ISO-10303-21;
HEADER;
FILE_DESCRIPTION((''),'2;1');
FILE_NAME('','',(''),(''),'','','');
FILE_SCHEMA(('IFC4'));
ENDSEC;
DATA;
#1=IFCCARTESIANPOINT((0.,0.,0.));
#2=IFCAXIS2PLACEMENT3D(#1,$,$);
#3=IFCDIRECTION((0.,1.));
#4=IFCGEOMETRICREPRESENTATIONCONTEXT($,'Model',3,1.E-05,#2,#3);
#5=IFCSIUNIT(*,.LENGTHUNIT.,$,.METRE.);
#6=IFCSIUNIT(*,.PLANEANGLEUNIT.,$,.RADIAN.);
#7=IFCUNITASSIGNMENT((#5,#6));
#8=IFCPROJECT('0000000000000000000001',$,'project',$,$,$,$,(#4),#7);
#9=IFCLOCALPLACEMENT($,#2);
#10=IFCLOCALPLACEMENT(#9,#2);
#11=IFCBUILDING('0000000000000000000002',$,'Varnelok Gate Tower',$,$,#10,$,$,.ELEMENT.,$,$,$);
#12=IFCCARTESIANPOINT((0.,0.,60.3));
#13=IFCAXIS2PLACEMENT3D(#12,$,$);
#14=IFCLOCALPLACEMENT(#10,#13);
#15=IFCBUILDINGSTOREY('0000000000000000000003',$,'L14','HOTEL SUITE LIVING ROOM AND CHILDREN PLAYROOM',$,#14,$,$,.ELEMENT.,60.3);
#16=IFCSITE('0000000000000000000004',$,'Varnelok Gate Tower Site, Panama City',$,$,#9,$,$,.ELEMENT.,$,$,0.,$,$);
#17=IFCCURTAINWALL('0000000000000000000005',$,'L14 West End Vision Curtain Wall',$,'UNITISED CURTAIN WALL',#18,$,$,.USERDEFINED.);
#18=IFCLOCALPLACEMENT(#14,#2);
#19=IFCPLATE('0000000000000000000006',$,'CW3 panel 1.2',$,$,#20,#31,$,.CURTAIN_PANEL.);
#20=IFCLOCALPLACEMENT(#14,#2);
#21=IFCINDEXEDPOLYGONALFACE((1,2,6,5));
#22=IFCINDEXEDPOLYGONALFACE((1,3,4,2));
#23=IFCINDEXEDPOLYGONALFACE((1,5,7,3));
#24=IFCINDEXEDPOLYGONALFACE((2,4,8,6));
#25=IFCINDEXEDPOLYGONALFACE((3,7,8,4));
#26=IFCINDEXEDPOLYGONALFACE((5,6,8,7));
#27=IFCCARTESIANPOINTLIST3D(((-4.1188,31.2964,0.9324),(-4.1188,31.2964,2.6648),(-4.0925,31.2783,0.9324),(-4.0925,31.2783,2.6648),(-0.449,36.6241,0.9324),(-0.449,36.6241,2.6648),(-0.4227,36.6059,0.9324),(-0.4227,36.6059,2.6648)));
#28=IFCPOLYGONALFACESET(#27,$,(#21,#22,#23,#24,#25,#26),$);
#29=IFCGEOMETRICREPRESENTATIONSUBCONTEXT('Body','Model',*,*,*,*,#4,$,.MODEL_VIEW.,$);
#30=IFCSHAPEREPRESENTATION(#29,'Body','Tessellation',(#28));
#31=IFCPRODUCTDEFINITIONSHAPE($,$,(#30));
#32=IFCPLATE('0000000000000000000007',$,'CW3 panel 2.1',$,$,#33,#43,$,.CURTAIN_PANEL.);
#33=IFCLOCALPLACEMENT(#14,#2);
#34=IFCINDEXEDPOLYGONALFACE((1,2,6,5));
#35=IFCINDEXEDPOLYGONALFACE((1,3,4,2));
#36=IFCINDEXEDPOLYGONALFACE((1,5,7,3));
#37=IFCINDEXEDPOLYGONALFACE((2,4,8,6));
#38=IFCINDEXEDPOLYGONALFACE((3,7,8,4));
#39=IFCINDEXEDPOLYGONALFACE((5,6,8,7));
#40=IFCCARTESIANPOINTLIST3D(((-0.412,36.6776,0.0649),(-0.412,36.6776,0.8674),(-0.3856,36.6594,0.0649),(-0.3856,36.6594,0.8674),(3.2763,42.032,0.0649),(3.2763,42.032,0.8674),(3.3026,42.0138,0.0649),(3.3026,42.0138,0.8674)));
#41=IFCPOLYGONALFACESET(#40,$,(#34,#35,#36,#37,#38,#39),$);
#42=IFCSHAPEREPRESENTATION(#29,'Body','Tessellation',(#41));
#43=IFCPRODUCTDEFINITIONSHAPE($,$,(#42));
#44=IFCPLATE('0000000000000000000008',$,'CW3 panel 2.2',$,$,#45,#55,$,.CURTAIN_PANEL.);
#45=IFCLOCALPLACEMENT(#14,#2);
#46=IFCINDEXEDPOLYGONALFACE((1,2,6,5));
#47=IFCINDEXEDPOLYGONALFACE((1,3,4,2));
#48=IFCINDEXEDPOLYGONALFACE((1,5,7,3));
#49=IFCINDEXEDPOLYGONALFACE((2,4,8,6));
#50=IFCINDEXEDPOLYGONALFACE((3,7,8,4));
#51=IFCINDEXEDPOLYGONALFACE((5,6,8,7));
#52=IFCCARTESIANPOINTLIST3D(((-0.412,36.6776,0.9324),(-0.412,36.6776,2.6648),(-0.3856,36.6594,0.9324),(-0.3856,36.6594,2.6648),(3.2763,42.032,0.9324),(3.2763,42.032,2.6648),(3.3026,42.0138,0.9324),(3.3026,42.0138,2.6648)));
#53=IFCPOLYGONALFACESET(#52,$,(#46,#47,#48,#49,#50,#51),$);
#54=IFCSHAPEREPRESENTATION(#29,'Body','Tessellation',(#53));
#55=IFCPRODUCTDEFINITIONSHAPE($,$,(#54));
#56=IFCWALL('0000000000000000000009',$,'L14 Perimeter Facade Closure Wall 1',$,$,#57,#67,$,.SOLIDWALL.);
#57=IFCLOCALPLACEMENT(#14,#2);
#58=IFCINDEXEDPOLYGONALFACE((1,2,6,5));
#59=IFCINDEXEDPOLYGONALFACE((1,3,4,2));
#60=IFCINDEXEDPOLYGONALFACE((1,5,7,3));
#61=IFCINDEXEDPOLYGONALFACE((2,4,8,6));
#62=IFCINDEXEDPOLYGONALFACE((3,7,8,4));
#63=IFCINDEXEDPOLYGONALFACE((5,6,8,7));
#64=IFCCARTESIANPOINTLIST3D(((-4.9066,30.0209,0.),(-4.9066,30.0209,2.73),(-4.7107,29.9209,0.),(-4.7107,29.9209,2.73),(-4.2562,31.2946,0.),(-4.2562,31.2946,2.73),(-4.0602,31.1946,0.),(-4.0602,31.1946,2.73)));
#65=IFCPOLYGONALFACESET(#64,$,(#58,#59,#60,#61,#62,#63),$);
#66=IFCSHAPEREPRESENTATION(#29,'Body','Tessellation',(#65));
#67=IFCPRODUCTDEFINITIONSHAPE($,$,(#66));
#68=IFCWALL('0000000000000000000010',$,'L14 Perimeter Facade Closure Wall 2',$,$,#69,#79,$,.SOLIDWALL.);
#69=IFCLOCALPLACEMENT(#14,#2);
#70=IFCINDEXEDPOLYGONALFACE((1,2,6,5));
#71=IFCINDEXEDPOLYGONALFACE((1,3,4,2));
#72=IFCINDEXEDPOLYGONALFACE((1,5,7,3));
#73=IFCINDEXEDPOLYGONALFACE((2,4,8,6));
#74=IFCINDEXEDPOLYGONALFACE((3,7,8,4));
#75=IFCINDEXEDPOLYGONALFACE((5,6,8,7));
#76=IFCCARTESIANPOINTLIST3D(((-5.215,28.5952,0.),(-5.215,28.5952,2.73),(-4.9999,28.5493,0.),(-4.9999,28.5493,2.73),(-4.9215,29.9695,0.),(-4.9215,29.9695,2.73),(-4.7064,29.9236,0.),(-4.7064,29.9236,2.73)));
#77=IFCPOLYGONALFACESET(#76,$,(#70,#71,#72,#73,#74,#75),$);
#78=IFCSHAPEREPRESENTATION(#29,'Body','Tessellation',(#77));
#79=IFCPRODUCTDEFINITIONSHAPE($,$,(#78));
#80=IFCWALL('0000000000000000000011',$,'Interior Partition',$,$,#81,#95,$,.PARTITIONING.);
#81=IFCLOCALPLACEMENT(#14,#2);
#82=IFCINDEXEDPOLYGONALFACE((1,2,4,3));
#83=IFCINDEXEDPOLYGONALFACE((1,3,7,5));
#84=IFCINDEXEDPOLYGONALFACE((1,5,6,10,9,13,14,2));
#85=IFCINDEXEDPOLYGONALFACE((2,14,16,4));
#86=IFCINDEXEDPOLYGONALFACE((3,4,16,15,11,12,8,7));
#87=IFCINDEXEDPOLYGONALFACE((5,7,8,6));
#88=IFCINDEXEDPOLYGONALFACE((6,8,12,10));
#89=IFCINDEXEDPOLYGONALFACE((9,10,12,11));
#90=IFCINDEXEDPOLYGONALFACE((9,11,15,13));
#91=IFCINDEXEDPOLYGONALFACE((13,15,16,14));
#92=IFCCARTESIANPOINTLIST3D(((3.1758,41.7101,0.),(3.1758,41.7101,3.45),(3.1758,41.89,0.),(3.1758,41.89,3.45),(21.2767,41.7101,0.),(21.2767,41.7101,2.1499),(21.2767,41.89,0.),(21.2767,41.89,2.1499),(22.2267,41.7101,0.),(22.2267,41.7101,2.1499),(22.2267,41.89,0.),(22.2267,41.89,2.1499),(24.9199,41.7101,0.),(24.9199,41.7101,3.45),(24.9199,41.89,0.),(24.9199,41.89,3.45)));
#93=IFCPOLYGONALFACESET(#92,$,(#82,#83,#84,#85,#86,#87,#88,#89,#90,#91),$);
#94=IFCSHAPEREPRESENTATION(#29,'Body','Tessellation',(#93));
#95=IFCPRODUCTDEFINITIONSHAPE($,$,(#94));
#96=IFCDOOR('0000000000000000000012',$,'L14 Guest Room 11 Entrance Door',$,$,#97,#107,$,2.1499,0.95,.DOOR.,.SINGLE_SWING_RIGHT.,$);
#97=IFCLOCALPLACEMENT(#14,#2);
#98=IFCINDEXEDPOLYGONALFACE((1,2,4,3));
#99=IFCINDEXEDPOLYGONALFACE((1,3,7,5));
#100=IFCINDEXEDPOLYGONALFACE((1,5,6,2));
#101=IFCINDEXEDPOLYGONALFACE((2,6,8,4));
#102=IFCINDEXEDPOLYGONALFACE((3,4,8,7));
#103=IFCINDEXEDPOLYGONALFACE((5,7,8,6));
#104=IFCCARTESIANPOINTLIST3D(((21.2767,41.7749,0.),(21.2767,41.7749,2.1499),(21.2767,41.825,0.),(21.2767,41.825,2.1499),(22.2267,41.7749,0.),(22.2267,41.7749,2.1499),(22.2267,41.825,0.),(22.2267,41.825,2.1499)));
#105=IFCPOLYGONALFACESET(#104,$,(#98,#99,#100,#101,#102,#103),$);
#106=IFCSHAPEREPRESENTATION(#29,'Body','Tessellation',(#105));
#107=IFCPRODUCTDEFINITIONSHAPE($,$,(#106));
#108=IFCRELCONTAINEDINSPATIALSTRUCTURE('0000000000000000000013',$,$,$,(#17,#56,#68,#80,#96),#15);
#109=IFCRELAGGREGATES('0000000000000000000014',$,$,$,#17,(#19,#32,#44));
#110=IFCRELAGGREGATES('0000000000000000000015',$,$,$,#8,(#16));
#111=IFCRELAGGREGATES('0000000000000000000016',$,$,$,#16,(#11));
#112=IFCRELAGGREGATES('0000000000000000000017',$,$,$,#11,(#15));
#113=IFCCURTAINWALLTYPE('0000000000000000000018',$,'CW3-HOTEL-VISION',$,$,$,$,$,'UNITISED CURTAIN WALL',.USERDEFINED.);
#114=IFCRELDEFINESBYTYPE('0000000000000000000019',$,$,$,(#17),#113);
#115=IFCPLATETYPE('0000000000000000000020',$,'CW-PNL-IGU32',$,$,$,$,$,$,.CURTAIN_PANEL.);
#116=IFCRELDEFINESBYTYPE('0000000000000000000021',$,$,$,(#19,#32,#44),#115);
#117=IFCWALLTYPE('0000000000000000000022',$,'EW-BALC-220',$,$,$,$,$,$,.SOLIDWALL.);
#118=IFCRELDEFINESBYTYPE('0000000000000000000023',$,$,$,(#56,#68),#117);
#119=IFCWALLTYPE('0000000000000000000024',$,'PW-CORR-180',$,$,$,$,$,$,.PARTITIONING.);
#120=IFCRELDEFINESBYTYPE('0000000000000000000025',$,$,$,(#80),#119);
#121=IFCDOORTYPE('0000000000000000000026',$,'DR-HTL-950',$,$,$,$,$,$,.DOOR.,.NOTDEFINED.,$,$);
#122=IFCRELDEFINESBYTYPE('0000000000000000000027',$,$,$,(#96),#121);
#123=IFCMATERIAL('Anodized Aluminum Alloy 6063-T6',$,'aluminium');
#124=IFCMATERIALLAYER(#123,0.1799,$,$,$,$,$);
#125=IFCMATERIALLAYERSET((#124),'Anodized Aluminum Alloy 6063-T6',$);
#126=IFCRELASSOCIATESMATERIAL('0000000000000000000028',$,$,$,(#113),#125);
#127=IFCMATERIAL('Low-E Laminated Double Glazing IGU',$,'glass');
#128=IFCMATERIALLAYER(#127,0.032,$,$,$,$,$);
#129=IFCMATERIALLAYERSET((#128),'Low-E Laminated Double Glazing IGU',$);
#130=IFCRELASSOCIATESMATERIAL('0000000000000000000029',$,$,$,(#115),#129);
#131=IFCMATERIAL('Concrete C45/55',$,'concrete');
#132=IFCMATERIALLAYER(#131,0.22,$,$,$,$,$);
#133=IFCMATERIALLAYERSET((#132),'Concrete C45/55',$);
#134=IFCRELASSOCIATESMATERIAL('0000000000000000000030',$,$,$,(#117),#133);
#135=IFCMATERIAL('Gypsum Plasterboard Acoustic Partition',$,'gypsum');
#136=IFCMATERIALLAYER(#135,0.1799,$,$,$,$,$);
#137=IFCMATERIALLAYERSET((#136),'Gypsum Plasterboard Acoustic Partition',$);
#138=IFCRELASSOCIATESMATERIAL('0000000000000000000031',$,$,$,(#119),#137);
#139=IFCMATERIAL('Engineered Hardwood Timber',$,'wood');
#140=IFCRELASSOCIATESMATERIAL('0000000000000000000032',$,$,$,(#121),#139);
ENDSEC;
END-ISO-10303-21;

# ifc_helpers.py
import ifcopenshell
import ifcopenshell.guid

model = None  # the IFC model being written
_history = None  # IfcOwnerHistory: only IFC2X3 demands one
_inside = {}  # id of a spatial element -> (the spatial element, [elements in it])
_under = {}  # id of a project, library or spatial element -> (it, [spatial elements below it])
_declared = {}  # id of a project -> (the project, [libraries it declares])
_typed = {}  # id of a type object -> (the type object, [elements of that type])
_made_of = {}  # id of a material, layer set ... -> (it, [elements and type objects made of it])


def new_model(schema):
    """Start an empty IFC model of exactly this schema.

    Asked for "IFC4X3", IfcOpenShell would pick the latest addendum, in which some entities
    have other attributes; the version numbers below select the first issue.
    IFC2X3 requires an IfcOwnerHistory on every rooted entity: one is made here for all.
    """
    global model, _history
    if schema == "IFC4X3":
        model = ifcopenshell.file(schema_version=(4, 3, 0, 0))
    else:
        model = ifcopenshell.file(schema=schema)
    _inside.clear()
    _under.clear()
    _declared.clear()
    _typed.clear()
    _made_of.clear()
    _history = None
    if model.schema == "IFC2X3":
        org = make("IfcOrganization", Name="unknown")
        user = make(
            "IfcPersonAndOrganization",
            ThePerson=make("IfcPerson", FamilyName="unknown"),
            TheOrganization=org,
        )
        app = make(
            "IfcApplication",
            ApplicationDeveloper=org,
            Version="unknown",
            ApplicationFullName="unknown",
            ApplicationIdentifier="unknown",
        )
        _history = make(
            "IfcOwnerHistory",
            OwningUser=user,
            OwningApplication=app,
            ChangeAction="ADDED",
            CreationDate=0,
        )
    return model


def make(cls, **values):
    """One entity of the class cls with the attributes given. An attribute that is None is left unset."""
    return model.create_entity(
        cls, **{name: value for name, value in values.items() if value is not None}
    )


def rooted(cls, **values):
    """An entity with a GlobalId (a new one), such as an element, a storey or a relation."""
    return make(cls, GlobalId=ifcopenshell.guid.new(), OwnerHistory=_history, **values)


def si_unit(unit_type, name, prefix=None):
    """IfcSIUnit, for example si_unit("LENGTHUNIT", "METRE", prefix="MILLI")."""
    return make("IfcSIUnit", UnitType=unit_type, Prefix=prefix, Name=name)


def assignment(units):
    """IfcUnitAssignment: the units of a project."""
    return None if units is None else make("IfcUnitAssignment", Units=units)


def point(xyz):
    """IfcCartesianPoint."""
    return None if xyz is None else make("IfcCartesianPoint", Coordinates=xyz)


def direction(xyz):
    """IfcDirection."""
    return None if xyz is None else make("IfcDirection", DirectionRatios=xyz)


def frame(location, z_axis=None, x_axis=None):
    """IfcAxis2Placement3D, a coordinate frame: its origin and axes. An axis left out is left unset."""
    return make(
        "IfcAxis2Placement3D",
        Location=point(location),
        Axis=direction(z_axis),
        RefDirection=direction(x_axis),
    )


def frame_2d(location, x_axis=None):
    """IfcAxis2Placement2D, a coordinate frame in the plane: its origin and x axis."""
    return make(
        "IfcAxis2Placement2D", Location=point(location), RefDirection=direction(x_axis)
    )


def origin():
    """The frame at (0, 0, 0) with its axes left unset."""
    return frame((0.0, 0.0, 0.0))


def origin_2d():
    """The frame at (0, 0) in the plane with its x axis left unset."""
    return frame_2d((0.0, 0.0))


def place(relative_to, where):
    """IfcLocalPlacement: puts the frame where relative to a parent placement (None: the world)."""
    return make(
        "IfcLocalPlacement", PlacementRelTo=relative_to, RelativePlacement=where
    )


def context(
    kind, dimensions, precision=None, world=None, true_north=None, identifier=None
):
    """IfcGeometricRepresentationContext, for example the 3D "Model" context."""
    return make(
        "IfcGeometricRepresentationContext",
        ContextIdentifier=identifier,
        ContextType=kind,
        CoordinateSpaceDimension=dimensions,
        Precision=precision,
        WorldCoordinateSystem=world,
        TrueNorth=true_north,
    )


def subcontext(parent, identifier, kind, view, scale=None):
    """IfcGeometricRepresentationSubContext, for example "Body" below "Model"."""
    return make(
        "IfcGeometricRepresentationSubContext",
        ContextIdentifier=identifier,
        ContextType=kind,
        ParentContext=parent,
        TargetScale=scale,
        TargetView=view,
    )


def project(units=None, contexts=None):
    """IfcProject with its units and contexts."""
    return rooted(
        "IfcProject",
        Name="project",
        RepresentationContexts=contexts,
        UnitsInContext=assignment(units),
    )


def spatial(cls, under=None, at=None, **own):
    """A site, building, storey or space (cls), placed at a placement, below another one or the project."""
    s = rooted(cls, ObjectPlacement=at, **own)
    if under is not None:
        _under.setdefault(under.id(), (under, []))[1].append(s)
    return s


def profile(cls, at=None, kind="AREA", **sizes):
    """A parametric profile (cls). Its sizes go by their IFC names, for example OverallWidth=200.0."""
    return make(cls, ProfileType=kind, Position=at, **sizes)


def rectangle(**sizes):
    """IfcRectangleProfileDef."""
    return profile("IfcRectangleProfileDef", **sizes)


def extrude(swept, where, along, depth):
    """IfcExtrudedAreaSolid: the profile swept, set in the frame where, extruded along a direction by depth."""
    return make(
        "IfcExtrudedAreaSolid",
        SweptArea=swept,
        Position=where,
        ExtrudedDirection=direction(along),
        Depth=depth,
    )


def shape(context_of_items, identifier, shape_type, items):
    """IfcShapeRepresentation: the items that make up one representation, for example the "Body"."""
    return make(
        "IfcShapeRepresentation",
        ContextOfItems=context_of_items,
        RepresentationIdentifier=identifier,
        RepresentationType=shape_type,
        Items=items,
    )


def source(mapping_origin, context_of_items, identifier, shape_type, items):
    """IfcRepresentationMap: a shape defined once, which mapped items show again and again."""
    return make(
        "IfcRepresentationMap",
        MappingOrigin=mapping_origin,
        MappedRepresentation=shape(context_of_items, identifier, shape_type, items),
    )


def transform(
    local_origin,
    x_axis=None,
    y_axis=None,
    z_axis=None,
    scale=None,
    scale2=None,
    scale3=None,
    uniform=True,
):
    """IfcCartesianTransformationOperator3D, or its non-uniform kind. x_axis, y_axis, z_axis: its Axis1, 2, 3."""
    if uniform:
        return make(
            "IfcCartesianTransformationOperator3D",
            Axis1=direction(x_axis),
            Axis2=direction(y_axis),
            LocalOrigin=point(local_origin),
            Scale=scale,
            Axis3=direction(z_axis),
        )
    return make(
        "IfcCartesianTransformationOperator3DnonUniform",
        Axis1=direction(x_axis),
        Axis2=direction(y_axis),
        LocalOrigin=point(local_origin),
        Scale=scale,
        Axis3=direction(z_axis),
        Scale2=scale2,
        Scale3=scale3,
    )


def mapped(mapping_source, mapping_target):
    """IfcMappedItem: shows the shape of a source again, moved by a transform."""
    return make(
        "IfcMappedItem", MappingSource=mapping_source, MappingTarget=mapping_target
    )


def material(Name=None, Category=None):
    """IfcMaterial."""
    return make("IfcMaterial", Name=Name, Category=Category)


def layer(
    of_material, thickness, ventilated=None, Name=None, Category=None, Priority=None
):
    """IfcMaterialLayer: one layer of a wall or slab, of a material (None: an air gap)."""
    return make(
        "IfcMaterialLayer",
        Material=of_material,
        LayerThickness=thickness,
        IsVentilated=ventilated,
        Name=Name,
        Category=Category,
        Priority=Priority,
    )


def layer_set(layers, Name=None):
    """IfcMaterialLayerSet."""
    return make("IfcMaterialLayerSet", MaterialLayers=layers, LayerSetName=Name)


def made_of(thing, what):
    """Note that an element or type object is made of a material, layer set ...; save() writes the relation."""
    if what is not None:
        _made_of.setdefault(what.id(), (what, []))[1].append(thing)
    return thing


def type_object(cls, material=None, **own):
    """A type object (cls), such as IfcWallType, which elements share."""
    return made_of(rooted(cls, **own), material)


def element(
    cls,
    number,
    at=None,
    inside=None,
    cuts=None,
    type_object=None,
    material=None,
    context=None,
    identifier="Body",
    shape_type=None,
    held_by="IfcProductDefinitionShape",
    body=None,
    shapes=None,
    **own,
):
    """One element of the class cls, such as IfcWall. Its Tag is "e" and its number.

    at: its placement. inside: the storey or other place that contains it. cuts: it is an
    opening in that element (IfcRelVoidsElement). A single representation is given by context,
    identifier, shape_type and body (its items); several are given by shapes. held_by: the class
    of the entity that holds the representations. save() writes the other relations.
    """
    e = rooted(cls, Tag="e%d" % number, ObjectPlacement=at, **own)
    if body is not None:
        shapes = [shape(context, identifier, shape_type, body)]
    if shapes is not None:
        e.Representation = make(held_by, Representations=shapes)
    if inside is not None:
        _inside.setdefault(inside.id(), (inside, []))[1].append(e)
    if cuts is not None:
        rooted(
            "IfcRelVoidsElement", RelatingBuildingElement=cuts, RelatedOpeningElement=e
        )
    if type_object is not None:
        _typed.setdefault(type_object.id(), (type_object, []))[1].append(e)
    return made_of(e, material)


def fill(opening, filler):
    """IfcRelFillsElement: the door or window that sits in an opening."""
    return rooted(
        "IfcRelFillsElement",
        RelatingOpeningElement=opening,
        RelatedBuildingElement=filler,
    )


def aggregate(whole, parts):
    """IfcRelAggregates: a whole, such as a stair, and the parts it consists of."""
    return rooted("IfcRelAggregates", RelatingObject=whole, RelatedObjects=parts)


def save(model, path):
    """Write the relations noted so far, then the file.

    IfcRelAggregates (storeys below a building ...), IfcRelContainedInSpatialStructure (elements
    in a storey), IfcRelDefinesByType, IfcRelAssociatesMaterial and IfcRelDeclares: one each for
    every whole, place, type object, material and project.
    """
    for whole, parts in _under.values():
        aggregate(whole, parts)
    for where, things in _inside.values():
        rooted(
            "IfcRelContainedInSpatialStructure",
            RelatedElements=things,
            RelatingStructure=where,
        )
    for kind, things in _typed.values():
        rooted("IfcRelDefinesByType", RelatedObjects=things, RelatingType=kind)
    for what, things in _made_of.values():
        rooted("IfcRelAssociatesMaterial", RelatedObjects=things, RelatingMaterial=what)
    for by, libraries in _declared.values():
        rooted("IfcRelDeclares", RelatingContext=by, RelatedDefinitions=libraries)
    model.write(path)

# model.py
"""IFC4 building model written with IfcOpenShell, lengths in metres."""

from ifc_helpers import new_model, si_unit, direction, frame, frame_2d, origin, origin_2d, place, context, subcontext, project, spatial, rectangle, extrude, source, transform, mapped, material, layer, layer_set, type_object, element, fill, aggregate, save


model = new_model("IFC4")

# Units and contexts
model_context = context("Model", 3, precision=1e-05, world=origin(), true_north=direction((0.0, 1.0)))
body_context = subcontext(model_context, "Body", "Model", "MODEL_VIEW")
ifc_project = project(units=[si_unit("LENGTHUNIT", "METRE"), si_unit("PLANEANGLEUNIT", "RADIAN")], contexts=[model_context])

# Site, building, storey
site_placement = place(None, origin())
site = spatial("IfcSite", under=ifc_project, at=site_placement, Name="Varnelok Gate Tower Site, Panama City", CompositionType="ELEMENT", RefElevation=0.0)
building_placement = place(site_placement, origin())
building = spatial("IfcBuilding", under=site, at=building_placement, Name="Varnelok Gate Tower", CompositionType="ELEMENT")
storey_placement = place(building_placement, frame((0.0, 0.0, 60.3)))
storey = spatial("IfcBuildingStorey", under=building, at=storey_placement, Name="L14", Description="HOTEL SUITE LIVING ROOM AND CHILDREN PLAYROOM", CompositionType="ELEMENT", Elevation=60.3)

# Curtain wall
ifc_material_1 = material(Name="Anodized Aluminum Alloy 6063-T6", Category="aluminium")
ifc_layer_1 = layer(ifc_material_1, 0.1799)
ifc_layer_set_1 = layer_set([ifc_layer_1], Name="Anodized Aluminum Alloy 6063-T6")
curtain_wall_type_1 = type_object("IfcCurtainWallType", Name="CW3-HOTEL-VISION", ElementType="UNITISED CURTAIN WALL", PredefinedType="USERDEFINED", material=ifc_layer_set_1)
curtain_wall_1_placement = place(storey_placement, origin())
curtain_wall_1 = element("IfcCurtainWall", 1, at=curtain_wall_1_placement, inside=storey, type_object=curtain_wall_type_1, Name="L14 West End Vision Curtain Wall", ObjectType="UNITISED CURTAIN WALL", PredefinedType="USERDEFINED")

# Plates
ifc_material_2 = material(Name="Low-E Laminated Double Glazing IGU", Category="glass")
ifc_layer_2 = layer(ifc_material_2, 0.032)
ifc_layer_set_2 = layer_set([ifc_layer_2], Name="Low-E Laminated Double Glazing IGU")
plate_type = type_object("IfcPlateType", Name="CW-PNL-IGU32", PredefinedType="CURTAIN_PANEL", material=ifc_layer_set_2)
shared_shape_1 = source(origin(), body_context, "Body", "SweptSolid", [
    extrude(rectangle(XDim=6.4692, YDim=0.032, at=origin_2d()), origin(), (0.0, 0.0, 1.0), 1.7324),
])
plate_1_placement = place(storey_placement, frame((-2.2708, 33.9512, 0.9324), z_axis=(0.0, 0.0, 1.0), x_axis=(0.567269, 0.823533, 0.0)))
plate_1 = element("IfcPlate", 2, at=plate_1_placement, type_object=plate_type, Name="CW3 panel 1.2", PredefinedType="CURTAIN_PANEL", context=body_context, shape_type="MappedRepresentation", body=[
    mapped(shared_shape_1, transform((0.0, 0.0, 0.0), scale=1.0)),
])
shared_shape_2 = source(origin(), body_context, "Body", "SweptSolid", [
    extrude(rectangle(XDim=6.5017, YDim=0.032, at=origin_2d()), origin(), (0.0, 0.0, 1.0), 0.8025),
])
plate_2_placement = place(storey_placement, frame((1.4453, 39.3457, 0.0649), z_axis=(0.0, 0.0, 1.0), x_axis=(0.567269, 0.823533, 0.0)))
plate_2 = element("IfcPlate", 3, at=plate_2_placement, type_object=plate_type, Name="CW3 panel 2.1", PredefinedType="CURTAIN_PANEL", context=body_context, shape_type="MappedRepresentation", body=[
    mapped(shared_shape_2, transform((0.0, 0.0, 0.0), scale=1.0)),
])
shared_shape_3 = source(origin(), body_context, "Body", "SweptSolid", [
    extrude(rectangle(XDim=6.5017, YDim=0.032, at=origin_2d()), origin(), (0.0, 0.0, 1.0), 1.7324),
])
plate_3_placement = place(storey_placement, frame((1.4453, 39.3457, 0.9324), z_axis=(0.0, 0.0, 1.0), x_axis=(0.567269, 0.823533, 0.0)))
plate_3 = element("IfcPlate", 4, at=plate_3_placement, type_object=plate_type, Name="CW3 panel 2.2", PredefinedType="CURTAIN_PANEL", context=body_context, shape_type="MappedRepresentation", body=[
    mapped(shared_shape_3, transform((0.0, 0.0, 0.0), scale=1.0)),
])
aggregate(curtain_wall_1, [plate_1, plate_2, plate_3])

# Walls
ifc_material_3 = material(Name="Concrete C45/55", Category="concrete")
ifc_layer_3 = layer(ifc_material_3, 0.22)
ifc_layer_set_3 = layer_set([ifc_layer_3], Name="Concrete C45/55")
wall_type_1 = type_object("IfcWallType", Name="EW-BALC-220", PredefinedType="SOLIDWALL", material=ifc_layer_set_3)
wall_1_placement = place(storey_placement, frame((-4.1582, 31.2446, 0.0), z_axis=(0.0, 0.0, 1.0), x_axis=(-0.454777, -0.890605, 0.0)))
element("IfcWall", 5, at=wall_1_placement, inside=storey, type_object=wall_type_1, Name="L14 Perimeter Facade Closure Wall 1", PredefinedType="SOLIDWALL", context=body_context, shape_type="SweptSolid", body=[
    extrude(rectangle(XDim=1.4302, YDim=0.22, at=frame_2d((0.7151, 0.0))), origin(), (0.0, 0.0, 1.0), 2.73),
])
wall_2_placement = place(storey_placement, frame((-4.814, 29.9465, 0.0), z_axis=(0.0, 0.0, 1.0), x_axis=(-0.208829, -0.977952, 0.0)))
element("IfcWall", 6, at=wall_2_placement, inside=storey, type_object=wall_type_1, Name="L14 Perimeter Facade Closure Wall 2", PredefinedType="SOLIDWALL", context=body_context, shape_type="SweptSolid", body=[
    extrude(rectangle(XDim=1.4053, YDim=0.22, at=frame_2d((0.7026, 0.0))), origin(), (0.0, 0.0, 1.0), 2.73),
])

# Wall, opening, door
ifc_material_4 = material(Name="Gypsum Plasterboard Acoustic Partition", Category="gypsum")
ifc_layer_4 = layer(ifc_material_4, 0.1799)
ifc_layer_set_4 = layer_set([ifc_layer_4], Name="Gypsum Plasterboard Acoustic Partition")
wall_type_2 = type_object("IfcWallType", Name="PW-CORR-180", PredefinedType="PARTITIONING", material=ifc_layer_set_4)
wall_3_placement = place(storey_placement, frame((3.1758, 41.8, 0.0), z_axis=(0.0, 0.0, 1.0), x_axis=(1.0, 0.0, 0.0)))
wall_3 = element("IfcWall", 7, at=wall_3_placement, inside=storey, type_object=wall_type_2, Name="Interior Partition", PredefinedType="PARTITIONING", context=body_context, shape_type="SweptSolid", body=[
    extrude(rectangle(XDim=21.7441, YDim=0.1799, at=frame_2d((10.8721, 0.0))), origin(), (0.0, 0.0, 1.0), 3.45),
])
opening_placement = place(wall_3_placement, frame((18.1008, 0.0, 0.0)))
opening = element("IfcOpeningElement", 8, at=opening_placement, cuts=wall_3, PredefinedType="OPENING", context=body_context, shape_type="SweptSolid", body=[
    extrude(rectangle(XDim=0.95, YDim=2.1499, at=frame_2d((0.4751, 1.075))), frame((0.0, 0.0999, 0.0), z_axis=(0.0, -1.0, 0.0), x_axis=(1.0, 0.0, 0.0)), (0.0, 0.0, 1.0), 0.2),
])
ifc_material_5 = material(Name="Engineered Hardwood Timber", Category="wood")
door_type = type_object("IfcDoorType", Name="DR-HTL-950", OperationType="NOTDEFINED", PredefinedType="DOOR", material=ifc_material_5)
door_placement = place(opening_placement, origin())
door = element("IfcDoor", 9, at=door_placement, inside=storey, type_object=door_type, Name="L14 Guest Room 11 Entrance Door", OperationType="SINGLE_SWING_RIGHT", OverallHeight=2.1499, OverallWidth=0.95, PredefinedType="DOOR", context=body_context, shape_type="SweptSolid", body=[
    extrude(rectangle(XDim=0.95, YDim=2.1499, at=frame_2d((0.4751, 1.075))), frame((0.0, 0.0249, 0.0), z_axis=(0.0, -1.0, 0.0), x_axis=(1.0, 0.0, 0.0)), (0.0, 0.0, 1.0), 0.05),
])
fill(opening, door)

save(model, "model.ifc")
